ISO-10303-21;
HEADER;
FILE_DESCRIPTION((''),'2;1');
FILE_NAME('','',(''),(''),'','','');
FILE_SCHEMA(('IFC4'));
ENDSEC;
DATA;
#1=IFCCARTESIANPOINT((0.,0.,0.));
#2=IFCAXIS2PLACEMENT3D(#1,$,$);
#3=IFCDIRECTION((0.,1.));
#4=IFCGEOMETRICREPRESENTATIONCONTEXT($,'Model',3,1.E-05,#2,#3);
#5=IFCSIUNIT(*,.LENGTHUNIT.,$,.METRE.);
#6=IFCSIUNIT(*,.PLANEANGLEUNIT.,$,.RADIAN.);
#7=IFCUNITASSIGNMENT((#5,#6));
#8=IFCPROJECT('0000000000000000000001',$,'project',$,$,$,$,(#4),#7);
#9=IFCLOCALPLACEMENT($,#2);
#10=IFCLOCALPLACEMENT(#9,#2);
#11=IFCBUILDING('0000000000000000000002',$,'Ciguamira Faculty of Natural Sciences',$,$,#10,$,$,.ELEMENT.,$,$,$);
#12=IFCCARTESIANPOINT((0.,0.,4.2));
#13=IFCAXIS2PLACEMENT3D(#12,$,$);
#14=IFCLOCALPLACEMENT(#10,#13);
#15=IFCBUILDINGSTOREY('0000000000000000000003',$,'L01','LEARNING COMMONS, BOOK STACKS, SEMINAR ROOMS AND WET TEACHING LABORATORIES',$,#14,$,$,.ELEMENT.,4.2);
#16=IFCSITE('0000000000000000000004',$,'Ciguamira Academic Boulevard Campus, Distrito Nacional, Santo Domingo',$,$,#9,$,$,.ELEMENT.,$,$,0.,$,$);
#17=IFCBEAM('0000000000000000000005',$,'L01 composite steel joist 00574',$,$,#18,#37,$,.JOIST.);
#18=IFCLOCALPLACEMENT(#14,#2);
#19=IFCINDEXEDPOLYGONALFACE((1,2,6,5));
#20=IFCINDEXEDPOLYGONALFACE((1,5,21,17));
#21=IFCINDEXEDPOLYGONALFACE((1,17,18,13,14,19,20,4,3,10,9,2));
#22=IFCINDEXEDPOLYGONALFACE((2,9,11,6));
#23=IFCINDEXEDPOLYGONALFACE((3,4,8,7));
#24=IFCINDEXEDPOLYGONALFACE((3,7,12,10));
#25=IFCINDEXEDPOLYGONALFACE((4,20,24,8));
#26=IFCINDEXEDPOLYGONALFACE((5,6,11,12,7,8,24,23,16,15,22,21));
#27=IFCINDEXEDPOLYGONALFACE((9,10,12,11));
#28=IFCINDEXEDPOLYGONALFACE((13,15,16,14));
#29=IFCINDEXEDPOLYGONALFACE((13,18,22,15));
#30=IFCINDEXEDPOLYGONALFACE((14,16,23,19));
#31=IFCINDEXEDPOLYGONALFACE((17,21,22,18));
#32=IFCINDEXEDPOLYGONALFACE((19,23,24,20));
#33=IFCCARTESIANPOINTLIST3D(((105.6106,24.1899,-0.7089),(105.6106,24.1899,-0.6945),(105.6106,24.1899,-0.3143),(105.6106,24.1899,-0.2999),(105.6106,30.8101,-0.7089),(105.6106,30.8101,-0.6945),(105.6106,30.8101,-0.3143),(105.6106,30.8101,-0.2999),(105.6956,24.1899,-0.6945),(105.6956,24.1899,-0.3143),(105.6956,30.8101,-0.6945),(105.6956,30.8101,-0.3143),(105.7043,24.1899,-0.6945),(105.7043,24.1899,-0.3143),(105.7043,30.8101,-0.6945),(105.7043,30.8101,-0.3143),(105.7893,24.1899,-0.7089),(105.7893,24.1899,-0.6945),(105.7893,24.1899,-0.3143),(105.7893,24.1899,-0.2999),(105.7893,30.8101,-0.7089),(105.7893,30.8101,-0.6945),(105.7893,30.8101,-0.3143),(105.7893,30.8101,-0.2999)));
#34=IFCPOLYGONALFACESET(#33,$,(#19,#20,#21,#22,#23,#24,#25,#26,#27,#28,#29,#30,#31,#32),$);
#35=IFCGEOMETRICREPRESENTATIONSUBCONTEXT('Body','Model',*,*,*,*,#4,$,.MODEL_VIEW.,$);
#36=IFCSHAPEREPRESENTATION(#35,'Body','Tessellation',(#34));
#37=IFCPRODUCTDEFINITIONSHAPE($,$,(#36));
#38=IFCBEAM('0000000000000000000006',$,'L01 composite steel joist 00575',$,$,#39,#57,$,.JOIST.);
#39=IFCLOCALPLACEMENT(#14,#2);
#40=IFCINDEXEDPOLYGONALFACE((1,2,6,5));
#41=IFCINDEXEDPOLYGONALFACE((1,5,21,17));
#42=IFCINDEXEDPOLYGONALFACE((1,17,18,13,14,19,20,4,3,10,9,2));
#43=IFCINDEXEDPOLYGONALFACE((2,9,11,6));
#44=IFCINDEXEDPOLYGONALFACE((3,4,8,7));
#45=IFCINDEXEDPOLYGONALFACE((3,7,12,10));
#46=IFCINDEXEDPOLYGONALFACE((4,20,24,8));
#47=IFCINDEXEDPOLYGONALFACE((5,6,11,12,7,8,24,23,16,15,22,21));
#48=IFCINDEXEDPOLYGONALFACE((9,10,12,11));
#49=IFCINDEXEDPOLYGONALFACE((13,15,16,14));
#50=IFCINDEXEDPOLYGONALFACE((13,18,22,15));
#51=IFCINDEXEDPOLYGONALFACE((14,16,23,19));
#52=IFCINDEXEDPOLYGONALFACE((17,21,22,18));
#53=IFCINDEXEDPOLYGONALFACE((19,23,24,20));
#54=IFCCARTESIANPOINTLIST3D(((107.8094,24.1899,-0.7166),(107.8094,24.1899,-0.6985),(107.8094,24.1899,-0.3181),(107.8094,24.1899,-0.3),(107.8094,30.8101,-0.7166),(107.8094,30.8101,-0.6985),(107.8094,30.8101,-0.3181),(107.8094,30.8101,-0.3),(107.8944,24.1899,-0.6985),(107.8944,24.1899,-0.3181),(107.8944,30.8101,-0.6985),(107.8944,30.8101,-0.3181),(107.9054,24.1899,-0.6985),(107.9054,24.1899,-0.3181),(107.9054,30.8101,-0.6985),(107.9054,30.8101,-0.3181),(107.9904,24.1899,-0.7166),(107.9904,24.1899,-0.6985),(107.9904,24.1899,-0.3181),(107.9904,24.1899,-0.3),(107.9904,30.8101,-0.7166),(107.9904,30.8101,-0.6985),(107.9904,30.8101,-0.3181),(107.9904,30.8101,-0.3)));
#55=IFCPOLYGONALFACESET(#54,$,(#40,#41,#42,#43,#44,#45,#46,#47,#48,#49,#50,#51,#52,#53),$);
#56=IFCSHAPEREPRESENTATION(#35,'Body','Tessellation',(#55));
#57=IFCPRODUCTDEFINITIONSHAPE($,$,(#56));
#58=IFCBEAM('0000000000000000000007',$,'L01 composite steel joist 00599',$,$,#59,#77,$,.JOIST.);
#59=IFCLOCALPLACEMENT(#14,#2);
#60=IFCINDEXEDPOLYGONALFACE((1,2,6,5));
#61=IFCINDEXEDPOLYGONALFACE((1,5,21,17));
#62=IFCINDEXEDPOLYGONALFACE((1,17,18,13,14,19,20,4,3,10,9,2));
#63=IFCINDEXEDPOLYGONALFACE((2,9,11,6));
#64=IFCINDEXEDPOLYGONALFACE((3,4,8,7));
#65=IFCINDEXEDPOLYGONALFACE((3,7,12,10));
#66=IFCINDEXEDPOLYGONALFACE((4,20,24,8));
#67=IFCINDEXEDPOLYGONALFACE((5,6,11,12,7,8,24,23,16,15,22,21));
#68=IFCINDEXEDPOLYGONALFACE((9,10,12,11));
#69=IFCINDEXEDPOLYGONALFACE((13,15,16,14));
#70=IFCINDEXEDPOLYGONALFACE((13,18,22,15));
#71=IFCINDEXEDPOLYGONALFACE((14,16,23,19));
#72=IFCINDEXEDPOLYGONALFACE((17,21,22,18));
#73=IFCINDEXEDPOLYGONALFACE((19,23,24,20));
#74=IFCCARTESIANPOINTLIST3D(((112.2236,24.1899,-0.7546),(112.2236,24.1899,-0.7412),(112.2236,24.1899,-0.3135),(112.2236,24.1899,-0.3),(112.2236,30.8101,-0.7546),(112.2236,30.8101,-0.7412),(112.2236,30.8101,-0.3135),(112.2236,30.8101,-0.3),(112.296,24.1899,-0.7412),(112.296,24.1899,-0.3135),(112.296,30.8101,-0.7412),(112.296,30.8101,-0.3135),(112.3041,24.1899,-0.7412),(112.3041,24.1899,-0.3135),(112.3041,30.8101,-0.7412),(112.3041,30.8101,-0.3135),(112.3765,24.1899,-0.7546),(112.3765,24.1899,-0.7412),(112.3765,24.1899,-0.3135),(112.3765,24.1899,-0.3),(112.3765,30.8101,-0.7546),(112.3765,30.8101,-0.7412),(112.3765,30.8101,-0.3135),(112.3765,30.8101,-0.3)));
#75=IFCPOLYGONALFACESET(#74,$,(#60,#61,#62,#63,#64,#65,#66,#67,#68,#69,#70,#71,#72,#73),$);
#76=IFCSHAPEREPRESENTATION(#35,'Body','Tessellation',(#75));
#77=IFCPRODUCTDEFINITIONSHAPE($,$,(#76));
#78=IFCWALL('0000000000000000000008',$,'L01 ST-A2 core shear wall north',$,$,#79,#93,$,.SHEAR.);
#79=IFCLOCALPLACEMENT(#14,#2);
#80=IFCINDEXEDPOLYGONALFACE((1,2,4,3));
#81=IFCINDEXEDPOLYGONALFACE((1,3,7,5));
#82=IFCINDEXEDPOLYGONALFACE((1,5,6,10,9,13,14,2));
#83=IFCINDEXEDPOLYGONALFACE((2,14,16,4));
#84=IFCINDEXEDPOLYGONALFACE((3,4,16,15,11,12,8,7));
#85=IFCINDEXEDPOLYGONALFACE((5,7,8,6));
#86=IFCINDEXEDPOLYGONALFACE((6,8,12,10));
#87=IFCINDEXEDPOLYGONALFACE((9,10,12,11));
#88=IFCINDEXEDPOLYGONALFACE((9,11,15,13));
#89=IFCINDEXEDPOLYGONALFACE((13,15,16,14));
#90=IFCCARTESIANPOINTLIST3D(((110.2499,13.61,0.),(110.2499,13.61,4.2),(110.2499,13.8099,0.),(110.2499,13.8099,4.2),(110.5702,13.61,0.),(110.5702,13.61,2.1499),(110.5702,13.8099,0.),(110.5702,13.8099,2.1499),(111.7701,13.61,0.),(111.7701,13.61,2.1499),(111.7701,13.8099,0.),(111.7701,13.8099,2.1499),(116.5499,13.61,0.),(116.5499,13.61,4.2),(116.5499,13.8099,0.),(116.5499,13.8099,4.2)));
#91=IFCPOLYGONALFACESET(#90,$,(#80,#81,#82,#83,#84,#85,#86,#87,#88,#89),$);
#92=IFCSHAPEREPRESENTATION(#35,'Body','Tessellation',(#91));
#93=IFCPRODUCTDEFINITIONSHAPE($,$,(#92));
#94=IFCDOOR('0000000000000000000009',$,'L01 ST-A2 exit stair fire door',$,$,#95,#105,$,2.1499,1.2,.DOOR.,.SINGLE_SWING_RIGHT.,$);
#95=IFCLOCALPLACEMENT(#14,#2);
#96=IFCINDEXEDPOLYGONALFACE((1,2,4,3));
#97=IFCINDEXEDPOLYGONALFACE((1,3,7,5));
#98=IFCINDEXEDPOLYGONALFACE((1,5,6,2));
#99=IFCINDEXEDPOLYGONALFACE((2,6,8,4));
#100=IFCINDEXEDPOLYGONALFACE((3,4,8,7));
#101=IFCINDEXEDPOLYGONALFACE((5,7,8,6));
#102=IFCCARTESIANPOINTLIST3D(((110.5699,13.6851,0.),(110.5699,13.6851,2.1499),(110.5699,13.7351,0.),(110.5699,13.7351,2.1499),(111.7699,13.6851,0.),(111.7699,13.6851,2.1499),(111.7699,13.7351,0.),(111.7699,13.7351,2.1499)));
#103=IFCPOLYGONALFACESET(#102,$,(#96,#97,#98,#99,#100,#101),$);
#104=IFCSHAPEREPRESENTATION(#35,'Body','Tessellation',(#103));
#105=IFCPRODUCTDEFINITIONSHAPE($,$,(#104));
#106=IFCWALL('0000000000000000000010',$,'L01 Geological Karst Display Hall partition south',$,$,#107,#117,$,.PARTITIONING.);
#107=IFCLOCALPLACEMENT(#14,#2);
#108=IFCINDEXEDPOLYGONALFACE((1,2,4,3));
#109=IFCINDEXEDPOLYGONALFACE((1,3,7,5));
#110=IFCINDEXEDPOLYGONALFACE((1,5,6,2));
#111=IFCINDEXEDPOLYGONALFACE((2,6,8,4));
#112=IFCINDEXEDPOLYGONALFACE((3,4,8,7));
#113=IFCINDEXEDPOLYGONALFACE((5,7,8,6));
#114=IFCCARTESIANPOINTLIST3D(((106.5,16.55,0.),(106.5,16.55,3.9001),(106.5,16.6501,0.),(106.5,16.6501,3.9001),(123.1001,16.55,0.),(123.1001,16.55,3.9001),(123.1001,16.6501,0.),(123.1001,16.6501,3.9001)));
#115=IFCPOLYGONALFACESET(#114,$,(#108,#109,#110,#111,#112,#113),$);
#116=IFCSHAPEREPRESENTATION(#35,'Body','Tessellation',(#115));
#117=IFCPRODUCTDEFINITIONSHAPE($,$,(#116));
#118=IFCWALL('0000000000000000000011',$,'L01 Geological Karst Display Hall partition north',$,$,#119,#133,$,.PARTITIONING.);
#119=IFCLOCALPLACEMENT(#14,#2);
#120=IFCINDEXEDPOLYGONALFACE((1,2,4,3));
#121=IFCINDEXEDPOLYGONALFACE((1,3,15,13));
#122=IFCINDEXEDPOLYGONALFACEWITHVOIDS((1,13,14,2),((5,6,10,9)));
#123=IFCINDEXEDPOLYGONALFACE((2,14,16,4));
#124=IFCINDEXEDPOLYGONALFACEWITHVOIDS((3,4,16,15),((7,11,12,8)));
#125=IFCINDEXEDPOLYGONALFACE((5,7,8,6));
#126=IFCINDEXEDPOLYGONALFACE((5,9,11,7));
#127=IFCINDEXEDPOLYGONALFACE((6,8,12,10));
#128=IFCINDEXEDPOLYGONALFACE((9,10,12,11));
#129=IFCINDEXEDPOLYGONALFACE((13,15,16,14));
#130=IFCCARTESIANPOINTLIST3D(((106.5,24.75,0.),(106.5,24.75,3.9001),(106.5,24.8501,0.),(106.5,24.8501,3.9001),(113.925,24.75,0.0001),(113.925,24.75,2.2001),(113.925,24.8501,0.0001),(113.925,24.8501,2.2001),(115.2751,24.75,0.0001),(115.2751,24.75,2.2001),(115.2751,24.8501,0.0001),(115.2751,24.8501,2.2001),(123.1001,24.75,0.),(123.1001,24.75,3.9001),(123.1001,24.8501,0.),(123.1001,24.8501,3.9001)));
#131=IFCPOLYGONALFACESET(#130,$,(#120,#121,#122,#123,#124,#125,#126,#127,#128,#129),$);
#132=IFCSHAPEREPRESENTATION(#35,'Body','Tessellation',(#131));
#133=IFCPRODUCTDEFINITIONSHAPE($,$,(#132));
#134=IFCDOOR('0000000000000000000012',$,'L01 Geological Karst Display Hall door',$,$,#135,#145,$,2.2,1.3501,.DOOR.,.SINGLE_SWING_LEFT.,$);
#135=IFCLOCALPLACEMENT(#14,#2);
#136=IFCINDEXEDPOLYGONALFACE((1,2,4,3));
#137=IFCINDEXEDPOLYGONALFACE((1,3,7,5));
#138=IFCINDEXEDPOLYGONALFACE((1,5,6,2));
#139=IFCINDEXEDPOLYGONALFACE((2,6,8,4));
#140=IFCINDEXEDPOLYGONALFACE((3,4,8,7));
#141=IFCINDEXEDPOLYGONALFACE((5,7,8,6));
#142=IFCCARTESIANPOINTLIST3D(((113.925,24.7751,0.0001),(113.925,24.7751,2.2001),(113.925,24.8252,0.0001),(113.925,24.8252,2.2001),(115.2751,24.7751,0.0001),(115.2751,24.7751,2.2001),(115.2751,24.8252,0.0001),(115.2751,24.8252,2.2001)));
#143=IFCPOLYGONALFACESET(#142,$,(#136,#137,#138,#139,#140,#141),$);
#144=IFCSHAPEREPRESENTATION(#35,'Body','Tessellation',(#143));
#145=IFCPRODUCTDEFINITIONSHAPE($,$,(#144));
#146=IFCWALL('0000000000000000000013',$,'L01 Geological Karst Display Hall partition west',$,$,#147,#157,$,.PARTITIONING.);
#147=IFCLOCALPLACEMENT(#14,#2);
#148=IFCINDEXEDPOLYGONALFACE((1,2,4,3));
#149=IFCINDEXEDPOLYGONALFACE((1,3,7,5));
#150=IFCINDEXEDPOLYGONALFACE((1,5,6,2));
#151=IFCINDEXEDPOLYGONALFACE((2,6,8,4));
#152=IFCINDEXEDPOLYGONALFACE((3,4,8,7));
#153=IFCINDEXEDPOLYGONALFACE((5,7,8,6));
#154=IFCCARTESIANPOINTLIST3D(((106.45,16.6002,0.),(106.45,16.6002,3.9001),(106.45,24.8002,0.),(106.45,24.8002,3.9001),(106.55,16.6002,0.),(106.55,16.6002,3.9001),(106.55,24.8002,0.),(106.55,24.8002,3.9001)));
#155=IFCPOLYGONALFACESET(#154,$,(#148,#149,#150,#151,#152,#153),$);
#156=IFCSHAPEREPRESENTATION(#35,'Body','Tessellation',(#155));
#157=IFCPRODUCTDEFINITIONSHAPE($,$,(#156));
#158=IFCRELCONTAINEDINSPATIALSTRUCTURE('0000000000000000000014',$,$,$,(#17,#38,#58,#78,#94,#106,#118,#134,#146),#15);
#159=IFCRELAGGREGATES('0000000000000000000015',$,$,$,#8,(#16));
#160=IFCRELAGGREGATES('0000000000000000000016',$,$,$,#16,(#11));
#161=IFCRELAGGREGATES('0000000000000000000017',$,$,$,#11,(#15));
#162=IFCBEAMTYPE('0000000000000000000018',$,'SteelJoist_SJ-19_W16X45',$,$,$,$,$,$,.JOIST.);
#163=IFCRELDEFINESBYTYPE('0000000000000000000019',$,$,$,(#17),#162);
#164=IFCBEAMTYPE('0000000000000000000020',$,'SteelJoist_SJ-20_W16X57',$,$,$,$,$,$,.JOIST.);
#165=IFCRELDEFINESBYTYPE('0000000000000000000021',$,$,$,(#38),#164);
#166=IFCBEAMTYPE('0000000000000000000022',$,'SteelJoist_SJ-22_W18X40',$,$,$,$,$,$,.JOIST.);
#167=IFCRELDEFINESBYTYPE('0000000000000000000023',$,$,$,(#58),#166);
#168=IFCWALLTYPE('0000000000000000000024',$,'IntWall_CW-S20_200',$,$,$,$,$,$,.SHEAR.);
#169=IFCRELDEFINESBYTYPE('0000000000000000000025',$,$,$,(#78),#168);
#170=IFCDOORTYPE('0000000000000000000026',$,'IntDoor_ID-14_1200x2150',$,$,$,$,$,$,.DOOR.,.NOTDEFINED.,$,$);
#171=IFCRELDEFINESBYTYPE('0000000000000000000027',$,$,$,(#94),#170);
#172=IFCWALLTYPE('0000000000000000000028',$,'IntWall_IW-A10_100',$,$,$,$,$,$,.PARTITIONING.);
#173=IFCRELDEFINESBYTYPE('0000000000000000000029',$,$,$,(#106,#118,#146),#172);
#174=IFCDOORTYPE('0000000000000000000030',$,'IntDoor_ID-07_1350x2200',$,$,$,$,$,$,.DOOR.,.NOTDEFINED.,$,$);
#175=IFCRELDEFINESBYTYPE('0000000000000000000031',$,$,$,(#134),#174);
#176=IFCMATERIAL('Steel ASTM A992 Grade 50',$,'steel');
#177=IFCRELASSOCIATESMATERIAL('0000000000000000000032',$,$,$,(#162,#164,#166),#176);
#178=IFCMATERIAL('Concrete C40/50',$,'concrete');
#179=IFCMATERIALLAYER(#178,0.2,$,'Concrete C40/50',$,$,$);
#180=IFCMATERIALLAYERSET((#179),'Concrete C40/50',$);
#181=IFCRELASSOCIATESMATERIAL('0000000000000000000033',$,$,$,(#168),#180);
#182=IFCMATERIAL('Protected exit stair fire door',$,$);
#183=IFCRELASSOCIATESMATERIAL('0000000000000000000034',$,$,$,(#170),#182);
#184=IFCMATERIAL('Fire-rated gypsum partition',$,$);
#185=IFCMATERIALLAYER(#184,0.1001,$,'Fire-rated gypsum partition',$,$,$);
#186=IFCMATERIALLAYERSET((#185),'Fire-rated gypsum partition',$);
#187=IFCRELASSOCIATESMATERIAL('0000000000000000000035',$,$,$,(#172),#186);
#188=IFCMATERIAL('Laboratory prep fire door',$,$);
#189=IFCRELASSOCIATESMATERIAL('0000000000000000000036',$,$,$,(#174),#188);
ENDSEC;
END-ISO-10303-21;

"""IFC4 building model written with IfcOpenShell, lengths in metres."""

from ifc_helpers import new_model, si_unit, direction, frame, frame_2d, origin, origin_2d, place, context, subcontext, project, spatial, rectangle, i_section, extrude, material, layer, layer_set, material_profile, profile_set, type_object, element, fill, save


model = new_model("IFC4")

# Units and contexts
model_context = context("Model", 3, precision=1e-05, world=origin(), true_north=direction((0.0, 1.0)))
body_context = subcontext(model_context, "Body", "Model", "MODEL_VIEW")
ifc_project = project(units=[si_unit("LENGTHUNIT", "METRE"), si_unit("PLANEANGLEUNIT", "RADIAN")], contexts=[model_context])

# Site, building, storey
site_placement = place(None, origin())
site = spatial("IfcSite", under=ifc_project, at=site_placement, Name="Ciguamira Academic Boulevard Campus, Distrito Nacional, Santo Domingo", CompositionType="ELEMENT", RefElevation=0.0)
building_placement = place(site_placement, origin())
building = spatial("IfcBuilding", under=site, at=building_placement, Name="Ciguamira Faculty of Natural Sciences", CompositionType="ELEMENT")
storey_placement = place(building_placement, frame((0.0, 0.0, 4.2)))
storey = spatial("IfcBuildingStorey", under=building, at=storey_placement, Name="L01", Description="LEARNING COMMONS, BOOK STACKS, SEMINAR ROOMS AND WET TEACHING LABORATORIES", CompositionType="ELEMENT", Elevation=4.2)

# Shared definitions
ifc_material_1 = material(Name="Concrete C40/50", Category="concrete")

# Beams
ifc_material_2 = material(Name="Steel ASTM A992 Grade 50", Category="steel")
ifc_material_profile_1 = material_profile(ifc_material_2, i_section(OverallWidth=0.1787, OverallDepth=0.4089, WebThickness=0.0088, FlangeThickness=0.0144, at=origin_2d()), Name="W16X45")
ifc_profile_set_1 = profile_set([ifc_material_profile_1], Name="Steel ASTM A992 Grade 50")
beam_type_1 = type_object("IfcBeamType", Name="SteelJoist_SJ-19_W16X45", PredefinedType="JOIST", material=ifc_profile_set_1)
beam_1_placement = place(storey_placement, frame((105.7, 24.1899, -0.5044), z_axis=(0.0, 1.0, 0.0), x_axis=(-1.0, 0.0, 0.0)))
element("IfcBeam", 1, at=beam_1_placement, inside=storey, type_object=beam_type_1, Name="L01 composite steel joist 00574", PredefinedType="JOIST", context=body_context, shape_type="SweptSolid", body=[
    extrude(i_section(OverallWidth=0.1787, OverallDepth=0.4089, WebThickness=0.0088, FlangeThickness=0.0144, at=origin_2d()), origin(), (0.0, 0.0, 1.0), 6.6201),
])
ifc_material_profile_2 = material_profile(ifc_material_2, i_section(OverallWidth=0.1809, OverallDepth=0.4165, WebThickness=0.011, FlangeThickness=0.0181, at=origin_2d()), Name="W16X57")
ifc_profile_set_2 = profile_set([ifc_material_profile_2], Name="Steel ASTM A992 Grade 50")
beam_type_2 = type_object("IfcBeamType", Name="SteelJoist_SJ-20_W16X57", PredefinedType="JOIST", material=ifc_profile_set_2)
beam_2_placement = place(storey_placement, frame((107.8999, 24.1899, -0.5083), z_axis=(0.0, 1.0, 0.0), x_axis=(-1.0, 0.0, 0.0)))
element("IfcBeam", 2, at=beam_2_placement, inside=storey, type_object=beam_type_2, Name="L01 composite steel joist 00575", PredefinedType="JOIST", context=body_context, shape_type="SweptSolid", body=[
    extrude(i_section(OverallWidth=0.1809, OverallDepth=0.4165, WebThickness=0.011, FlangeThickness=0.0181, at=origin_2d()), origin(), (0.0, 0.0, 1.0), 6.6201),
])
ifc_material_profile_3 = material_profile(ifc_material_2, i_section(OverallWidth=0.1528, OverallDepth=0.4546, WebThickness=0.0081, FlangeThickness=0.0134, at=origin_2d()), Name="W18X40")
ifc_profile_set_3 = profile_set([ifc_material_profile_3], Name="Steel ASTM A992 Grade 50")
beam_type_3 = type_object("IfcBeamType", Name="SteelJoist_SJ-22_W18X40", PredefinedType="JOIST", material=ifc_profile_set_3)
beam_3_placement = place(storey_placement, frame((112.3, 24.1899, -0.5273), z_axis=(0.0, 1.0, 0.0), x_axis=(-1.0, 0.0, 0.0)))
element("IfcBeam", 3, at=beam_3_placement, inside=storey, type_object=beam_type_3, Name="L01 composite steel joist 00599", PredefinedType="JOIST", context=body_context, shape_type="SweptSolid", body=[
    extrude(i_section(OverallWidth=0.1528, OverallDepth=0.4546, WebThickness=0.0081, FlangeThickness=0.0134, at=origin_2d()), origin(), (0.0, 0.0, 1.0), 6.6201),
])

# Wall, opening, door
ifc_layer_1 = layer(ifc_material_1, 0.2, Name="Concrete C40/50")
ifc_layer_set_1 = layer_set([ifc_layer_1], Name="Concrete C40/50")
wall_type_1 = type_object("IfcWallType", Name="IntWall_CW-S20_200", PredefinedType="SHEAR", material=ifc_layer_set_1)
wall_1_placement = place(storey_placement, frame((110.25, 13.71, 0.0), z_axis=(0.0, 0.0, 1.0), x_axis=(1.0, 0.0, 0.0)))
wall_1 = element("IfcWall", 4, at=wall_1_placement, inside=storey, type_object=wall_type_1, Name="L01 ST-A2 core shear wall north", PredefinedType="SHEAR", context=body_context, shape_type="SweptSolid", body=[
    extrude(rectangle(XDim=6.3, YDim=0.2, at=frame_2d((3.1499, 0.0))), origin(), (0.0, 0.0, 1.0), 4.2),
])
opening_1_placement = place(wall_1_placement, frame((0.3201, 0.0, 0.0)))
opening_1 = element("IfcOpeningElement", 5, at=opening_1_placement, cuts=wall_1, PredefinedType="OPENING", context=body_context, shape_type="SweptSolid", body=[
    extrude(rectangle(XDim=1.2, YDim=2.1499, at=frame_2d((0.6001, 1.075))), frame((0.0, 0.1099, 0.0), z_axis=(0.0, -1.0, 0.0), x_axis=(1.0, 0.0, 0.0)), (0.0, 0.0, 1.0), 0.22),
])
ifc_material_3 = material(Name="Protected exit stair fire door")
door_type_1 = type_object("IfcDoorType", Name="IntDoor_ID-14_1200x2150", OperationType="NOTDEFINED", PredefinedType="DOOR", material=ifc_material_3)
door_1_placement = place(opening_1_placement, frame((1.2, 0.0, 0.0), z_axis=(0.0, 0.0, 1.0), x_axis=(-1.0, 0.0, 0.0)))
door_1 = element("IfcDoor", 6, at=door_1_placement, inside=storey, type_object=door_type_1, Name="L01 ST-A2 exit stair fire door", OperationType="SINGLE_SWING_RIGHT", OverallHeight=2.1499, OverallWidth=1.2, PredefinedType="DOOR", context=body_context, shape_type="SweptSolid", body=[
    extrude(rectangle(XDim=1.2, YDim=2.1499, at=frame_2d((0.6001, 1.075))), frame((0.0, 0.0249, 0.0), z_axis=(0.0, -1.0, 0.0), x_axis=(1.0, 0.0, 0.0)), (0.0, 0.0, 1.0), 0.05),
])
fill(opening_1, door_1)

# Wall
ifc_material_4 = material(Name="Fire-rated gypsum partition")
ifc_layer_2 = layer(ifc_material_4, 0.1001, Name="Fire-rated gypsum partition")
ifc_layer_set_2 = layer_set([ifc_layer_2], Name="Fire-rated gypsum partition")
wall_type_2 = type_object("IfcWallType", Name="IntWall_IW-A10_100", PredefinedType="PARTITIONING", material=ifc_layer_set_2)
wall_2_placement = place(storey_placement, frame((106.5, 16.6001, 0.0), z_axis=(0.0, 0.0, 1.0), x_axis=(1.0, 0.0, 0.0)))
element("IfcWall", 7, at=wall_2_placement, inside=storey, type_object=wall_type_2, Name="L01 Geological Karst Display Hall partition south", PredefinedType="PARTITIONING", context=body_context, shape_type="SweptSolid", body=[
    extrude(rectangle(XDim=16.6001, YDim=0.1001, at=frame_2d((8.3, 0.0))), origin(), (0.0, 0.0, 1.0), 3.9001),
])

# Wall, opening, door
wall_3_placement = place(storey_placement, frame((106.5, 24.8, 0.0), z_axis=(0.0, 0.0, 1.0), x_axis=(1.0, 0.0, 0.0)))
wall_3 = element("IfcWall", 8, at=wall_3_placement, inside=storey, type_object=wall_type_2, Name="L01 Geological Karst Display Hall partition north", PredefinedType="PARTITIONING", context=body_context, shape_type="SweptSolid", body=[
    extrude(rectangle(XDim=16.6001, YDim=0.1001, at=frame_2d((8.3, 0.0))), origin(), (0.0, 0.0, 1.0), 3.9001),
])
opening_2_placement = place(wall_3_placement, frame((7.425, 0.0, 0.0)))
opening_2 = element("IfcOpeningElement", 9, at=opening_2_placement, cuts=wall_3, PredefinedType="OPENING", context=body_context, shape_type="SweptSolid", body=[
    extrude(rectangle(XDim=1.3501, YDim=2.2, at=frame_2d((0.675, 1.1001))), frame((0.0, 0.0601, 0.0), z_axis=(0.0, -1.0, 0.0), x_axis=(1.0, 0.0, 0.0)), (0.0, 0.0, 1.0), 0.1201),
])
ifc_material_5 = material(Name="Laboratory prep fire door")
door_type_2 = type_object("IfcDoorType", Name="IntDoor_ID-07_1350x2200", OperationType="NOTDEFINED", PredefinedType="DOOR", material=ifc_material_5)
door_2_placement = place(opening_2_placement, frame((1.3501, 0.0, 0.0), z_axis=(0.0, 0.0, 1.0), x_axis=(-1.0, 0.0, 0.0)))
door_2 = element("IfcDoor", 10, at=door_2_placement, inside=storey, type_object=door_type_2, Name="L01 Geological Karst Display Hall door", OperationType="SINGLE_SWING_LEFT", OverallHeight=2.2, OverallWidth=1.3501, PredefinedType="DOOR", context=body_context, shape_type="SweptSolid", body=[
    extrude(rectangle(XDim=1.3501, YDim=2.2, at=frame_2d((0.675, 1.1001))), frame((0.0, 0.0249, 0.0), z_axis=(0.0, -1.0, 0.0), x_axis=(1.0, 0.0, 0.0)), (0.0, 0.0, 1.0), 0.05),
])
fill(opening_2, door_2)

# Wall
wall_4_placement = place(storey_placement, frame((106.5, 16.6001, 0.0), z_axis=(0.0, 0.0, 1.0), x_axis=(0.0, 1.0, 0.0)))
element("IfcWall", 11, at=wall_4_placement, inside=storey, type_object=wall_type_2, Name="L01 Geological Karst Display Hall partition west", PredefinedType="PARTITIONING", context=body_context, shape_type="SweptSolid", body=[
    extrude(rectangle(XDim=8.2, YDim=0.1001, at=frame_2d((4.1001, 0.0))), origin(), (0.0, 0.0, 1.0), 3.9001),
])

save(model, "model.ifc")
